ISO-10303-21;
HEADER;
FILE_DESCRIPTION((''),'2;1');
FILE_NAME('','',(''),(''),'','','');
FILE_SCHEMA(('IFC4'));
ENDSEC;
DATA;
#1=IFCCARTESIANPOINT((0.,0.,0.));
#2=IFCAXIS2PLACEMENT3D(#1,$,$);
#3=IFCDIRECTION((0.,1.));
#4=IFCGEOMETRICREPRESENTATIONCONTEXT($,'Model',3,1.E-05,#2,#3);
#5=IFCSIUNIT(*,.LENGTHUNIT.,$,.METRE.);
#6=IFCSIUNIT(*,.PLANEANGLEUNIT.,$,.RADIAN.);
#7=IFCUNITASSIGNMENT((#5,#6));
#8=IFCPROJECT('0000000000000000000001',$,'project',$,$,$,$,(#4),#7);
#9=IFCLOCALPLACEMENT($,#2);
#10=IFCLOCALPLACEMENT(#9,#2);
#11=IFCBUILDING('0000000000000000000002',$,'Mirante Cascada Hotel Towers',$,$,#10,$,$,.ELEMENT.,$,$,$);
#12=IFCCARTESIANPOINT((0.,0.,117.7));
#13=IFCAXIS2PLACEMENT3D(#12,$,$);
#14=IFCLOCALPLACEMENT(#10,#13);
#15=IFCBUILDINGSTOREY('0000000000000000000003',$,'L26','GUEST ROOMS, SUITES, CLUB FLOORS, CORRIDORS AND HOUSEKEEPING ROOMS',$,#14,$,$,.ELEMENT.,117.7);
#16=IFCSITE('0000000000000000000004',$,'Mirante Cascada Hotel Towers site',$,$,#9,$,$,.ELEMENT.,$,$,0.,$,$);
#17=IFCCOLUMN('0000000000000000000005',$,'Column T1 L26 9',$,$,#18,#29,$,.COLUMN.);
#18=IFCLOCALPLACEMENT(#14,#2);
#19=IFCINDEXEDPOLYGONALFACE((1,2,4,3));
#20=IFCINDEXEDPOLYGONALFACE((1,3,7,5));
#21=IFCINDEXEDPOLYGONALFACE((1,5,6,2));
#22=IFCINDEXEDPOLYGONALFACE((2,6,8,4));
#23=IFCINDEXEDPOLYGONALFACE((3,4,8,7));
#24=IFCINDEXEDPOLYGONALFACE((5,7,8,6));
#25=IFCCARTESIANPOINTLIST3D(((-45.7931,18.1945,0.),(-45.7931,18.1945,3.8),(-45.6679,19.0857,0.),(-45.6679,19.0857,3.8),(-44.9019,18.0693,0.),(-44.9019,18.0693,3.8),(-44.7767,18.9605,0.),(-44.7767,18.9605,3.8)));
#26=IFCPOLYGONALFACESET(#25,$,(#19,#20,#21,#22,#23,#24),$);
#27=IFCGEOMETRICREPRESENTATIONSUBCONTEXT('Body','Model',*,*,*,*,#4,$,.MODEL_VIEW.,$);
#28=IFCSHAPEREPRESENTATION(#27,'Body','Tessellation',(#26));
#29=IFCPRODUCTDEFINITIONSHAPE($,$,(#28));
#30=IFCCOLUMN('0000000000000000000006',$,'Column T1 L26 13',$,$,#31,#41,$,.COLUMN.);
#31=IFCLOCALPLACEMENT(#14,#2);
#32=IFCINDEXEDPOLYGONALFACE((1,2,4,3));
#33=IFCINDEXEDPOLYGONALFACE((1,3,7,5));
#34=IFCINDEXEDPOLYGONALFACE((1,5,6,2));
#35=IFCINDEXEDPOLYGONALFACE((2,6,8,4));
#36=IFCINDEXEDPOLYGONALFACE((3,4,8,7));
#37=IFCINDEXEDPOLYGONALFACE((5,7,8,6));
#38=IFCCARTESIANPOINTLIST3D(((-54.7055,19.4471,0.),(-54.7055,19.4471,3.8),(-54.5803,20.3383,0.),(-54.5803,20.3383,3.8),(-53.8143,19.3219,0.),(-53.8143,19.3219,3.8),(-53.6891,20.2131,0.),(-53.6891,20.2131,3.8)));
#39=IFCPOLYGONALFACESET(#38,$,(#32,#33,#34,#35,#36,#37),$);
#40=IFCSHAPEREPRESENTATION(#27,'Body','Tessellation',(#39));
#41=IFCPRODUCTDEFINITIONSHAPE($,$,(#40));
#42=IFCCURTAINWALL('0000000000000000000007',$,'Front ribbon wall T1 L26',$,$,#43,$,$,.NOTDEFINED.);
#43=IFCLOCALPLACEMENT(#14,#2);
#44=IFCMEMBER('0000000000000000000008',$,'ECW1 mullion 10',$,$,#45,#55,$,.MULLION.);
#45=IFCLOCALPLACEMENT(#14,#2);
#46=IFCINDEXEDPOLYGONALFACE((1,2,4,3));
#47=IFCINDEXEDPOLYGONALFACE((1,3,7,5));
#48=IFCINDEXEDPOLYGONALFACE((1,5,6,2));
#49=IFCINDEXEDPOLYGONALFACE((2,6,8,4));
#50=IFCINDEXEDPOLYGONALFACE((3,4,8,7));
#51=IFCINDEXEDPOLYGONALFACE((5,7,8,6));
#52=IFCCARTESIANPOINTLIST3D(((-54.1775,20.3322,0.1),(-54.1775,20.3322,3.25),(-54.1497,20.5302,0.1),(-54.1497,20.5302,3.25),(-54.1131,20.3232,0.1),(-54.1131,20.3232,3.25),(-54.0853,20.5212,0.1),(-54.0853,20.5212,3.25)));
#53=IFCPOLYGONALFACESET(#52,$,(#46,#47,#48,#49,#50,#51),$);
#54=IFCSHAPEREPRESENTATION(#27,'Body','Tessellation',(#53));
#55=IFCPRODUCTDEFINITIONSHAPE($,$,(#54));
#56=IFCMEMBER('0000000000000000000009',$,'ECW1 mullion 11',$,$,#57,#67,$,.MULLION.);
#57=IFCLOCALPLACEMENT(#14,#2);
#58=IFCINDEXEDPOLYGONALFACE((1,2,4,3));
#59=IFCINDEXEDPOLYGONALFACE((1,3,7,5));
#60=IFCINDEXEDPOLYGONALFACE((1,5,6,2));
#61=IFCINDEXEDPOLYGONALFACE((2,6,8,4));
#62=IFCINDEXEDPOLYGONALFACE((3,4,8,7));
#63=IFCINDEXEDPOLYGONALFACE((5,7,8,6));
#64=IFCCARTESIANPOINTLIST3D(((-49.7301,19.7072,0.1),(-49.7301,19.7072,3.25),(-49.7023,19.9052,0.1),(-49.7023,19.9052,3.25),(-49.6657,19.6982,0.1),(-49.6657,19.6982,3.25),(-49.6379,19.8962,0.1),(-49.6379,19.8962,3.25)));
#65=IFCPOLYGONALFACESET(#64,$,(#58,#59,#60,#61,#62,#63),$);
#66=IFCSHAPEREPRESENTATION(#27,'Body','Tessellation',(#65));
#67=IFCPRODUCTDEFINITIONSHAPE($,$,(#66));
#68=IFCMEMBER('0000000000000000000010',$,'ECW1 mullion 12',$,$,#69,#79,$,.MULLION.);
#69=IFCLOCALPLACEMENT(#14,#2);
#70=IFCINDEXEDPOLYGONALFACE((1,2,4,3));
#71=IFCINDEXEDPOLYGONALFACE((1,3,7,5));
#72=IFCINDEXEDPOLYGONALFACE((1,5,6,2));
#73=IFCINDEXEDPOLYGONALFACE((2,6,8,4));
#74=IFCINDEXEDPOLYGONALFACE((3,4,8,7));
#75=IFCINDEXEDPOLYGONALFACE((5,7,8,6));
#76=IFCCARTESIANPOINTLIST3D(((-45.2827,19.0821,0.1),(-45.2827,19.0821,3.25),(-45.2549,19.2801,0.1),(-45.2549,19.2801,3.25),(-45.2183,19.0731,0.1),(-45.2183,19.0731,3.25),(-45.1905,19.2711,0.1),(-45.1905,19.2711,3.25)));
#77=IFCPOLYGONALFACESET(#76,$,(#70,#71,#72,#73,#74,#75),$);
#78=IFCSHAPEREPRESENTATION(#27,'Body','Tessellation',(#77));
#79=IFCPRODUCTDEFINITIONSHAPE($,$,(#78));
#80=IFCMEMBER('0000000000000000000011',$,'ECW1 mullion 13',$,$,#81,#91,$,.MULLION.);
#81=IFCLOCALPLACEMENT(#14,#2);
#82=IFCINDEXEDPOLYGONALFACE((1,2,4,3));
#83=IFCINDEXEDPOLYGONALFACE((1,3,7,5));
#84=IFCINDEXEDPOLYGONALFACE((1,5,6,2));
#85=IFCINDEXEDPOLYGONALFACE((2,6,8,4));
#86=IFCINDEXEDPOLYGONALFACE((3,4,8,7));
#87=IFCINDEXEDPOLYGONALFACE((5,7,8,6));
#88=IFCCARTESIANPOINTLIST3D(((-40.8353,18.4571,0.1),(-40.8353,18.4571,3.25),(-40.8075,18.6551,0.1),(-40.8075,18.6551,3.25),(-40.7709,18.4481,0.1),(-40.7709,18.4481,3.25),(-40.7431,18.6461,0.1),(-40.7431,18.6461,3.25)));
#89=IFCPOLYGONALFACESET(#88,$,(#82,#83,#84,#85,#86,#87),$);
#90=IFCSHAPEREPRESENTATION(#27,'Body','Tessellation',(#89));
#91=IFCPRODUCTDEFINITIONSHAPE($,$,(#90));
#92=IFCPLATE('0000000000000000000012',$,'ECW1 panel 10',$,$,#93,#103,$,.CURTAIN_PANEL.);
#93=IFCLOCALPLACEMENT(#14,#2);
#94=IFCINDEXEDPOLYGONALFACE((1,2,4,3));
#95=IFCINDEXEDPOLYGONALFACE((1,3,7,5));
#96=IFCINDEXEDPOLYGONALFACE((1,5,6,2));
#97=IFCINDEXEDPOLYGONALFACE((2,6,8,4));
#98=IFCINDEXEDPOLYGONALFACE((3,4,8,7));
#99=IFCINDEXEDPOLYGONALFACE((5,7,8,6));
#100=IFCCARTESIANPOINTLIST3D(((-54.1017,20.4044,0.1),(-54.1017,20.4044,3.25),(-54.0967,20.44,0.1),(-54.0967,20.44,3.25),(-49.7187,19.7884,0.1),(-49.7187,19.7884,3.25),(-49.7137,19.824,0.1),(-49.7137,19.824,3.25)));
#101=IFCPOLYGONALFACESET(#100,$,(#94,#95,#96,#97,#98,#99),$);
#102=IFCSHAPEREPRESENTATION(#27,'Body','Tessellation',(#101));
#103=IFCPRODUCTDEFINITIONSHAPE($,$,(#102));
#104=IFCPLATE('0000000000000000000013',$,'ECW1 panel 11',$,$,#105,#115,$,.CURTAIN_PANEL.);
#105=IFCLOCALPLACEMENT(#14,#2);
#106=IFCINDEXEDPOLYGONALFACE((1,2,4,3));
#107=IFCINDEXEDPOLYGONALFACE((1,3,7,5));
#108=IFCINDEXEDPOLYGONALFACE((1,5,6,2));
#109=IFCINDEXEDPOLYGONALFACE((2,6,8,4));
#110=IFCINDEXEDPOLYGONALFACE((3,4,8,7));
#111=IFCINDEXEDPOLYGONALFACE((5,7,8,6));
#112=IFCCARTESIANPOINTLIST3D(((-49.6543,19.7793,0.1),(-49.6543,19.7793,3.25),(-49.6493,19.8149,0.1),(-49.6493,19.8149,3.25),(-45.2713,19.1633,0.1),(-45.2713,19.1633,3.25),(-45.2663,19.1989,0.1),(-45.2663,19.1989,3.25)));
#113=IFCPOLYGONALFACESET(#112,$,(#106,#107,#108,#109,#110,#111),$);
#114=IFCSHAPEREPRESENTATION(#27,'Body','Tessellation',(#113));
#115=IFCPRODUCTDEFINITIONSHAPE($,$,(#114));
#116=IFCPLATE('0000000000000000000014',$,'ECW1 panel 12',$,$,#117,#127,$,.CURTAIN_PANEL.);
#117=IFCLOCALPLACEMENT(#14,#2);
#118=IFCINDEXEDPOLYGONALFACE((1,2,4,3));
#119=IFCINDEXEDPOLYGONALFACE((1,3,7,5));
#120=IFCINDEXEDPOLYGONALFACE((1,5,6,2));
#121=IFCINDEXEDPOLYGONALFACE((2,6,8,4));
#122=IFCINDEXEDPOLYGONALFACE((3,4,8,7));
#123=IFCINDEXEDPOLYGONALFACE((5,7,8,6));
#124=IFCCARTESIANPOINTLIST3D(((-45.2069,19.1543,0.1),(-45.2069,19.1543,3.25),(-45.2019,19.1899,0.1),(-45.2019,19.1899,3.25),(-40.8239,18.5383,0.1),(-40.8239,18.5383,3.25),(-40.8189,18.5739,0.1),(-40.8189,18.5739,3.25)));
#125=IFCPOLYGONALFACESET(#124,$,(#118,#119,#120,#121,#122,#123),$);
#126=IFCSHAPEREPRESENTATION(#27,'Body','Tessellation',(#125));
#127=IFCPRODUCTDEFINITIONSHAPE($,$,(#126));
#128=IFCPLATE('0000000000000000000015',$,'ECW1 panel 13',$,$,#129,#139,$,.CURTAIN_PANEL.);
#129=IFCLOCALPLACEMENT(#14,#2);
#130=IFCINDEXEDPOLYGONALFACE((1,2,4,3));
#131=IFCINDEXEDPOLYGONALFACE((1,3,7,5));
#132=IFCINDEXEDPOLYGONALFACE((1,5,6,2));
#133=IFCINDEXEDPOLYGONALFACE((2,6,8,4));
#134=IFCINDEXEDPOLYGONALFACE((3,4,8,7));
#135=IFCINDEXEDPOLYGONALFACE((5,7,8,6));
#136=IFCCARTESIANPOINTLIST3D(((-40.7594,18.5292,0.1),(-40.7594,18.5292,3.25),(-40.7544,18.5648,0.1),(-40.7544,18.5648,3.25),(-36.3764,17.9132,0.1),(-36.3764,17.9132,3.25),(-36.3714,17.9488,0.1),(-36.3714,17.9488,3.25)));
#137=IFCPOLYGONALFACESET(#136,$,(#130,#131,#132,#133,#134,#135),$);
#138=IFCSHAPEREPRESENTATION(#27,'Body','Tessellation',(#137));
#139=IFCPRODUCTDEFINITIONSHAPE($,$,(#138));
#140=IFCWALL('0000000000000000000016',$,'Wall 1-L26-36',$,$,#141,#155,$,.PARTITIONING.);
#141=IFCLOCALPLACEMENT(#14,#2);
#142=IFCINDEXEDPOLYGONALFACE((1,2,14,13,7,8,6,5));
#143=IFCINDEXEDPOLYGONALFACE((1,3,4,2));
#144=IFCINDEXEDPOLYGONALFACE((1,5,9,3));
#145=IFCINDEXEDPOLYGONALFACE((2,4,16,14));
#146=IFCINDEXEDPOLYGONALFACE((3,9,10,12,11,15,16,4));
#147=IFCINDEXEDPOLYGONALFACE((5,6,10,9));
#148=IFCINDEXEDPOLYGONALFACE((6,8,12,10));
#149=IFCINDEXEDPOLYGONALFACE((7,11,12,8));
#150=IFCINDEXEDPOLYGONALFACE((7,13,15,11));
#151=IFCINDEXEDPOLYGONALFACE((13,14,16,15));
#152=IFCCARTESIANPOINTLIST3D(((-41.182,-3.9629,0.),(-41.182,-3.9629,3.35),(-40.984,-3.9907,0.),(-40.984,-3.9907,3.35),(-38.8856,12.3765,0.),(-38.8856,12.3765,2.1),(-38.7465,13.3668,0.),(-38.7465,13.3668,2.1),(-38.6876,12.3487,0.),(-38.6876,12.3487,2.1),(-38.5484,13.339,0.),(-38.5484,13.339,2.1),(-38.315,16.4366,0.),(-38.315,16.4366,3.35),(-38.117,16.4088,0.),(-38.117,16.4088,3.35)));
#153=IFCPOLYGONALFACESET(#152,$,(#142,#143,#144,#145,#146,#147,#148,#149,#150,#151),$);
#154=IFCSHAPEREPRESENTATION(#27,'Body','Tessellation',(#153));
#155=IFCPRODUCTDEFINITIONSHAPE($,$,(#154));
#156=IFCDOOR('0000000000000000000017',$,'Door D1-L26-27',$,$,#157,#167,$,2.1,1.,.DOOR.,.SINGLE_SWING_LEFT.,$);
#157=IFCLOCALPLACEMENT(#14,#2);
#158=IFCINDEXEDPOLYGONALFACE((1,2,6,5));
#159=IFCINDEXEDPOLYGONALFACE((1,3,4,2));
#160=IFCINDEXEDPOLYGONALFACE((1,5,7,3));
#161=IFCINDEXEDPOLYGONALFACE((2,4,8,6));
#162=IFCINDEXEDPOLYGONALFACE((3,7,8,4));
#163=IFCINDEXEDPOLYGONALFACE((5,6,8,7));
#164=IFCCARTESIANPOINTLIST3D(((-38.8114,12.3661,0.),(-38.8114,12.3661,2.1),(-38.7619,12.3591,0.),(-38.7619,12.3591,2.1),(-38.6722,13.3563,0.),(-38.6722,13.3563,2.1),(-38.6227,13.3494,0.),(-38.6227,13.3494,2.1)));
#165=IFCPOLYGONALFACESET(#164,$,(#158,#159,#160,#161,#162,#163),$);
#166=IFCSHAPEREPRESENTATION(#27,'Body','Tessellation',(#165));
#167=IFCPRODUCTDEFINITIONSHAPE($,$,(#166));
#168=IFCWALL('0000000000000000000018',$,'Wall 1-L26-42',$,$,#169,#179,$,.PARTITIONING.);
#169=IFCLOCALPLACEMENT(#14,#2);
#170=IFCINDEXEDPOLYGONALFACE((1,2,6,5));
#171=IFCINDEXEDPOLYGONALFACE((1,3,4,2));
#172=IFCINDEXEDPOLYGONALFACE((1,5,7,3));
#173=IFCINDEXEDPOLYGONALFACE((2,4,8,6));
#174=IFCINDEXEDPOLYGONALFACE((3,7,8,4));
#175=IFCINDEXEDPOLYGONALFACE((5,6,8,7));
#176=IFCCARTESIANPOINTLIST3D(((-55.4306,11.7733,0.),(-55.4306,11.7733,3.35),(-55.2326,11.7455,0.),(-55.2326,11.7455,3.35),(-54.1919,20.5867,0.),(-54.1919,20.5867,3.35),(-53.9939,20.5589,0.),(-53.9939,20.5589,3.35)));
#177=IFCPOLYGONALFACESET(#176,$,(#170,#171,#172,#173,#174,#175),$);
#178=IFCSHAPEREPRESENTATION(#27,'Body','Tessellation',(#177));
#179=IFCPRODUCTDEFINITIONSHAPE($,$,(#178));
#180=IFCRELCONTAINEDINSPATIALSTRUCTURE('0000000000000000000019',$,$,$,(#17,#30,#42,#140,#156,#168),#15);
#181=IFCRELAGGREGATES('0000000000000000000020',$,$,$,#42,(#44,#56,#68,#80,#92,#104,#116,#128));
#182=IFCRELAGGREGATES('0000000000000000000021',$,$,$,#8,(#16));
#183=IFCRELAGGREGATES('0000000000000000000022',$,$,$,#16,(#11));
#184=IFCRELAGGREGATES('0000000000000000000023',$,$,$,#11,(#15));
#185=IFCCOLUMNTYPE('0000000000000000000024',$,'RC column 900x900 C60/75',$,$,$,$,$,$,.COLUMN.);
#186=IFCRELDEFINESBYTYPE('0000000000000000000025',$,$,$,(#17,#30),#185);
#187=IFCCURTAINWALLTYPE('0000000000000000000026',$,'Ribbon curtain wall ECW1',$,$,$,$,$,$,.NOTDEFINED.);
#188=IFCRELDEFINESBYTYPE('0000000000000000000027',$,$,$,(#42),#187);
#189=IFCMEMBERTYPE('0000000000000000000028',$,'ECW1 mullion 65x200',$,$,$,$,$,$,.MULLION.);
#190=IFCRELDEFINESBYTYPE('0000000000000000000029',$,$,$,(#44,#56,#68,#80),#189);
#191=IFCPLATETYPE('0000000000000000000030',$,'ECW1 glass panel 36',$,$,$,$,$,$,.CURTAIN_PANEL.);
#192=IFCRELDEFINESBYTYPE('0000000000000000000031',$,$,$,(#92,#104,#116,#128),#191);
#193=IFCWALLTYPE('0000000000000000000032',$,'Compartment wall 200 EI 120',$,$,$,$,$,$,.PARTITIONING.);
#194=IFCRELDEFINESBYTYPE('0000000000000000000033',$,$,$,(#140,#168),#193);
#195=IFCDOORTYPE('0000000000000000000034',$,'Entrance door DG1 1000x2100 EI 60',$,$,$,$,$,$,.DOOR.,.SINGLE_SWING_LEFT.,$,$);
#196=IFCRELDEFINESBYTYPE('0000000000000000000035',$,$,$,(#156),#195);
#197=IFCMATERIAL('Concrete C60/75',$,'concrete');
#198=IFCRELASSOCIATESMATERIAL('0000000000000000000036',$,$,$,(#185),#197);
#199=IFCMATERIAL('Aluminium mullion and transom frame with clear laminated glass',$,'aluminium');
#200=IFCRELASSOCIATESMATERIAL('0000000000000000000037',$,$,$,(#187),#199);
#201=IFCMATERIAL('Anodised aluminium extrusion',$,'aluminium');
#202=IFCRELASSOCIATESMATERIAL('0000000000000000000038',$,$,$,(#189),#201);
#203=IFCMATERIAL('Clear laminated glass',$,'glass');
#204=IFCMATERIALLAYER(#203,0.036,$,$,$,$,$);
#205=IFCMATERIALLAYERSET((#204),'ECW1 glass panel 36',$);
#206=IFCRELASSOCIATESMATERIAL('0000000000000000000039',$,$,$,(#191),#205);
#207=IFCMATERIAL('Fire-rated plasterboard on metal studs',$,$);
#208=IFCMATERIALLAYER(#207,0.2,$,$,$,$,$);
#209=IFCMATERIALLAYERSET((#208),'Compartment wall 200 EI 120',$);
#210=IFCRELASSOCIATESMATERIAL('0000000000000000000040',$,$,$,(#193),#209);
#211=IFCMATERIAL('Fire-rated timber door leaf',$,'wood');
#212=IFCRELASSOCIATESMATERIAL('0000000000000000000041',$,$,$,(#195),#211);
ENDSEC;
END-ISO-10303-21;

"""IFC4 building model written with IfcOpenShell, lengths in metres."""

from ifc_helpers import new_model, si_unit, direction, frame, frame_2d, origin, origin_2d, place, context, subcontext, project, spatial, rectangle, extrude, material, layer, layer_set, material_profile, profile_set, type_object, element, fill, aggregate, save


model = new_model("IFC4")

# Units and contexts
model_context = context("Model", 3, precision=1e-05, world=origin(), true_north=direction((0.0, 1.0)))
body_context = subcontext(model_context, "Body", "Model", "MODEL_VIEW")
ifc_project = project(units=[si_unit("LENGTHUNIT", "METRE"), si_unit("PLANEANGLEUNIT", "RADIAN")], contexts=[model_context])

# Site, building, storey
site_placement = place(None, origin())
site = spatial("IfcSite", under=ifc_project, at=site_placement, Name="Mirante Cascada Hotel Towers site", CompositionType="ELEMENT", RefElevation=0.0)
building_placement = place(site_placement, origin())
building = spatial("IfcBuilding", under=site, at=building_placement, Name="Mirante Cascada Hotel Towers", CompositionType="ELEMENT")
storey_placement = place(building_placement, frame((0.0, 0.0, 117.7)))
storey = spatial("IfcBuildingStorey", under=building, at=storey_placement, Name="L26", Description="GUEST ROOMS, SUITES, CLUB FLOORS, CORRIDORS AND HOUSEKEEPING ROOMS", CompositionType="ELEMENT", Elevation=117.7)

# Columns
ifc_material_1 = material(Name="Concrete C60/75", Category="concrete")
ifc_material_profile_1 = material_profile(ifc_material_1, rectangle(XDim=0.9, YDim=0.9, at=origin_2d()), Name="RC column 900x900 C60/75")
ifc_profile_set_1 = profile_set([ifc_material_profile_1], Name="Concrete C60/75")
column_type = type_object("IfcColumnType", Name="RC column 900x900 C60/75", PredefinedType="COLUMN", material=ifc_profile_set_1)
for number, where, z_axis, x_axis, name in (
    (1, (-45.2849, 18.5775, 0.0), (0.0, 0.0, 1.0), (-0.990268, 0.139173, 0.0), "Column T1 L26 9"),
    (2, (-54.1973, 19.8301, 0.0), (0.0, 0.0, 1.0), (-0.990268, 0.139173, 0.0), "Column T1 L26 13"),
):
    element("IfcColumn", number, at=place(storey_placement, frame(where, z_axis=z_axis, x_axis=x_axis)), inside=storey, type_object=column_type, Name=name, PredefinedType="COLUMN", context=body_context, shape_type="SweptSolid", body=[
        extrude(rectangle(XDim=0.9, YDim=0.9, at=origin_2d()), origin(), (0.0, 0.0, 1.0), 3.8),
    ])

# Curtain wall, members, plates
ifc_material_2 = material(Name="Aluminium mullion and transom frame with clear laminated glass", Category="aluminium")
curtain_wall_type = type_object("IfcCurtainWallType", Name="Ribbon curtain wall ECW1", PredefinedType="NOTDEFINED", material=ifc_material_2)
curtain_wall_placement = place(storey_placement, origin())
curtain_wall = element("IfcCurtainWall", 3, at=curtain_wall_placement, inside=storey, type_object=curtain_wall_type, Name="Front ribbon wall T1 L26", PredefinedType="NOTDEFINED")
ifc_material_3 = material(Name="Anodised aluminium extrusion", Category="aluminium")
ifc_material_profile_2 = material_profile(ifc_material_3, rectangle(XDim=0.2, YDim=0.065, at=origin_2d()), Name="ECW1 MULLION 65x200")
ifc_profile_set_2 = profile_set([ifc_material_profile_2], Name="Anodised aluminium extrusion")
member_type = type_object("IfcMemberType", Name="ECW1 mullion 65x200", PredefinedType="MULLION", material=ifc_profile_set_2)
member_1_placement = place(storey_placement, frame((-54.1314, 20.4267, 0.1), z_axis=(0.0, 0.0, 1.0), x_axis=(0.139173, 0.990268, 0.0)))
member_1 = element("IfcMember", 4, at=member_1_placement, type_object=member_type, Name="ECW1 mullion 10", PredefinedType="MULLION", context=body_context, shape_type="SweptSolid", body=[
    extrude(rectangle(XDim=0.2, YDim=0.065, at=origin_2d()), origin(), (0.0, 0.0, 1.0), 3.15),
])
member_2_placement = place(storey_placement, frame((-49.684, 19.8017, 0.1), z_axis=(0.0, 0.0, 1.0), x_axis=(0.139173, 0.990268, 0.0)))
member_2 = element("IfcMember", 5, at=member_2_placement, type_object=member_type, Name="ECW1 mullion 11", PredefinedType="MULLION", context=body_context, shape_type="SweptSolid", body=[
    extrude(rectangle(XDim=0.2, YDim=0.065, at=origin_2d()), origin(), (0.0, 0.0, 1.0), 3.15),
])
member_3_placement = place(storey_placement, frame((-45.2366, 19.1766, 0.1), z_axis=(0.0, 0.0, 1.0), x_axis=(0.139173, 0.990268, 0.0)))
member_3 = element("IfcMember", 6, at=member_3_placement, type_object=member_type, Name="ECW1 mullion 12", PredefinedType="MULLION", context=body_context, shape_type="SweptSolid", body=[
    extrude(rectangle(XDim=0.2, YDim=0.065, at=origin_2d()), origin(), (0.0, 0.0, 1.0), 3.15),
])
member_4_placement = place(storey_placement, frame((-40.7892, 18.5516, 0.1), z_axis=(0.0, 0.0, 1.0), x_axis=(0.139173, 0.990268, 0.0)))
member_4 = element("IfcMember", 7, at=member_4_placement, type_object=member_type, Name="ECW1 mullion 13", PredefinedType="MULLION", context=body_context, shape_type="SweptSolid", body=[
    extrude(rectangle(XDim=0.2, YDim=0.065, at=origin_2d()), origin(), (0.0, 0.0, 1.0), 3.15),
])
ifc_material_4 = material(Name="Clear laminated glass", Category="glass")
ifc_layer_1 = layer(ifc_material_4, 0.036)
ifc_layer_set_1 = layer_set([ifc_layer_1], Name="ECW1 glass panel 36")
plate_type = type_object("IfcPlateType", Name="ECW1 glass panel 36", PredefinedType="CURTAIN_PANEL", material=ifc_layer_set_1)
plate_1_placement = place(storey_placement, frame((-51.9077, 20.1142, 0.1), z_axis=(0.0, 0.0, 1.0), x_axis=(0.990268, -0.139173, 0.0)))
plate_1 = element("IfcPlate", 8, at=plate_1_placement, type_object=plate_type, Name="ECW1 panel 10", PredefinedType="CURTAIN_PANEL", context=body_context, shape_type="SweptSolid", body=[
    extrude(rectangle(XDim=4.4261, YDim=0.036, at=origin_2d()), origin(), (0.0, 0.0, 1.0), 3.15),
])
plate_2_placement = place(storey_placement, frame((-47.4603, 19.4891, 0.1), z_axis=(0.0, 0.0, 1.0), x_axis=(0.990268, -0.139173, 0.0)))
plate_2 = element("IfcPlate", 9, at=plate_2_placement, type_object=plate_type, Name="ECW1 panel 11", PredefinedType="CURTAIN_PANEL", context=body_context, shape_type="SweptSolid", body=[
    extrude(rectangle(XDim=4.4261, YDim=0.036, at=origin_2d()), origin(), (0.0, 0.0, 1.0), 3.15),
])
plate_3_placement = place(storey_placement, frame((-43.0129, 18.8641, 0.1), z_axis=(0.0, 0.0, 1.0), x_axis=(0.990268, -0.139173, 0.0)))
plate_3 = element("IfcPlate", 10, at=plate_3_placement, type_object=plate_type, Name="ECW1 panel 12", PredefinedType="CURTAIN_PANEL", context=body_context, shape_type="SweptSolid", body=[
    extrude(rectangle(XDim=4.4261, YDim=0.036, at=origin_2d()), origin(), (0.0, 0.0, 1.0), 3.15),
])
plate_4_placement = place(storey_placement, frame((-38.5654, 18.239, 0.1), z_axis=(0.0, 0.0, 1.0), x_axis=(0.990268, -0.139173, 0.0)))
plate_4 = element("IfcPlate", 11, at=plate_4_placement, type_object=plate_type, Name="ECW1 panel 13", PredefinedType="CURTAIN_PANEL", context=body_context, shape_type="SweptSolid", body=[
    extrude(rectangle(XDim=4.4261, YDim=0.036, at=origin_2d()), origin(), (0.0, 0.0, 1.0), 3.15),
])
aggregate(curtain_wall, [member_1, member_2, member_3, member_4, plate_1, plate_2, plate_3, plate_4])

# Wall, opening, door
ifc_material_5 = material(Name="Fire-rated plasterboard on metal studs")
ifc_layer_2 = layer(ifc_material_5, 0.2)
ifc_layer_set_2 = layer_set([ifc_layer_2], Name="Compartment wall 200 EI 120")
wall_type_1 = type_object("IfcWallType", Name="Compartment wall 200 EI 120", PredefinedType="PARTITIONING", material=ifc_layer_set_2)
wall_1_placement = place(storey_placement, frame((-38.216, 16.4227, 0.0), z_axis=(0.0, 0.0, 1.0), x_axis=(-0.139175, -0.990268, 0.0)))
wall_1 = element("IfcWall", 12, at=wall_1_placement, inside=storey, type_object=wall_type_1, Name="Wall 1-L26-36", PredefinedType="PARTITIONING", context=body_context, shape_type="SweptSolid", body=[
    extrude(rectangle(XDim=20.6, YDim=0.2, at=frame_2d((10.3, 0.0))), origin(), (0.0, 0.0, 1.0), 3.35),
])
opening_1_placement = place(wall_1_placement, frame((3.1, 0.0, 0.0)))
opening_1 = element("IfcOpeningElement", 13, at=opening_1_placement, cuts=wall_1, PredefinedType="OPENING", context=body_context, shape_type="SweptSolid", body=[
    extrude(rectangle(XDim=1.0, YDim=2.1, at=frame_2d((0.5, 1.05))), frame((0.0, 0.1, 0.0), z_axis=(0.0, -1.0, 0.0), x_axis=(1.0, 0.0, 0.0)), (0.0, 0.0, 1.0), 0.2),
])
ifc_material_6 = material(Name="Fire-rated timber door leaf", Category="wood")
door_type_1 = type_object("IfcDoorType", Name="Entrance door DG1 1000x2100 EI 60", OperationType="SINGLE_SWING_LEFT", PredefinedType="DOOR", material=ifc_material_6)
door_1_placement = place(opening_1_placement, origin())
door_1 = element("IfcDoor", 14, at=door_1_placement, inside=storey, type_object=door_type_1, Name="Door D1-L26-27", OperationType="SINGLE_SWING_LEFT", OverallHeight=2.1, OverallWidth=1.0, PredefinedType="DOOR", context=body_context, shape_type="SweptSolid", body=[
    extrude(rectangle(XDim=1.0, YDim=2.1, at=frame_2d((0.5, 1.05))), frame((0.0, 0.025, 0.0), z_axis=(0.0, -1.0, 0.0), x_axis=(1.0, 0.0, 0.0)), (0.0, 0.0, 1.0), 0.05),
])
fill(opening_1, door_1)

# Wall
wall_2_placement = place(storey_placement, frame((-54.0929, 20.5728, 0.0), z_axis=(0.0, 0.0, 1.0), x_axis=(-0.139179, -0.990267, 0.0)))
element("IfcWall", 15, at=wall_2_placement, inside=storey, type_object=wall_type_1, Name="Wall 1-L26-42", PredefinedType="PARTITIONING", context=body_context, shape_type="SweptSolid", body=[
    extrude(rectangle(XDim=8.9, YDim=0.2, at=frame_2d((4.45, 0.0))), origin(), (0.0, 0.0, 1.0), 3.35),
])

save(model, "model.ifc")
